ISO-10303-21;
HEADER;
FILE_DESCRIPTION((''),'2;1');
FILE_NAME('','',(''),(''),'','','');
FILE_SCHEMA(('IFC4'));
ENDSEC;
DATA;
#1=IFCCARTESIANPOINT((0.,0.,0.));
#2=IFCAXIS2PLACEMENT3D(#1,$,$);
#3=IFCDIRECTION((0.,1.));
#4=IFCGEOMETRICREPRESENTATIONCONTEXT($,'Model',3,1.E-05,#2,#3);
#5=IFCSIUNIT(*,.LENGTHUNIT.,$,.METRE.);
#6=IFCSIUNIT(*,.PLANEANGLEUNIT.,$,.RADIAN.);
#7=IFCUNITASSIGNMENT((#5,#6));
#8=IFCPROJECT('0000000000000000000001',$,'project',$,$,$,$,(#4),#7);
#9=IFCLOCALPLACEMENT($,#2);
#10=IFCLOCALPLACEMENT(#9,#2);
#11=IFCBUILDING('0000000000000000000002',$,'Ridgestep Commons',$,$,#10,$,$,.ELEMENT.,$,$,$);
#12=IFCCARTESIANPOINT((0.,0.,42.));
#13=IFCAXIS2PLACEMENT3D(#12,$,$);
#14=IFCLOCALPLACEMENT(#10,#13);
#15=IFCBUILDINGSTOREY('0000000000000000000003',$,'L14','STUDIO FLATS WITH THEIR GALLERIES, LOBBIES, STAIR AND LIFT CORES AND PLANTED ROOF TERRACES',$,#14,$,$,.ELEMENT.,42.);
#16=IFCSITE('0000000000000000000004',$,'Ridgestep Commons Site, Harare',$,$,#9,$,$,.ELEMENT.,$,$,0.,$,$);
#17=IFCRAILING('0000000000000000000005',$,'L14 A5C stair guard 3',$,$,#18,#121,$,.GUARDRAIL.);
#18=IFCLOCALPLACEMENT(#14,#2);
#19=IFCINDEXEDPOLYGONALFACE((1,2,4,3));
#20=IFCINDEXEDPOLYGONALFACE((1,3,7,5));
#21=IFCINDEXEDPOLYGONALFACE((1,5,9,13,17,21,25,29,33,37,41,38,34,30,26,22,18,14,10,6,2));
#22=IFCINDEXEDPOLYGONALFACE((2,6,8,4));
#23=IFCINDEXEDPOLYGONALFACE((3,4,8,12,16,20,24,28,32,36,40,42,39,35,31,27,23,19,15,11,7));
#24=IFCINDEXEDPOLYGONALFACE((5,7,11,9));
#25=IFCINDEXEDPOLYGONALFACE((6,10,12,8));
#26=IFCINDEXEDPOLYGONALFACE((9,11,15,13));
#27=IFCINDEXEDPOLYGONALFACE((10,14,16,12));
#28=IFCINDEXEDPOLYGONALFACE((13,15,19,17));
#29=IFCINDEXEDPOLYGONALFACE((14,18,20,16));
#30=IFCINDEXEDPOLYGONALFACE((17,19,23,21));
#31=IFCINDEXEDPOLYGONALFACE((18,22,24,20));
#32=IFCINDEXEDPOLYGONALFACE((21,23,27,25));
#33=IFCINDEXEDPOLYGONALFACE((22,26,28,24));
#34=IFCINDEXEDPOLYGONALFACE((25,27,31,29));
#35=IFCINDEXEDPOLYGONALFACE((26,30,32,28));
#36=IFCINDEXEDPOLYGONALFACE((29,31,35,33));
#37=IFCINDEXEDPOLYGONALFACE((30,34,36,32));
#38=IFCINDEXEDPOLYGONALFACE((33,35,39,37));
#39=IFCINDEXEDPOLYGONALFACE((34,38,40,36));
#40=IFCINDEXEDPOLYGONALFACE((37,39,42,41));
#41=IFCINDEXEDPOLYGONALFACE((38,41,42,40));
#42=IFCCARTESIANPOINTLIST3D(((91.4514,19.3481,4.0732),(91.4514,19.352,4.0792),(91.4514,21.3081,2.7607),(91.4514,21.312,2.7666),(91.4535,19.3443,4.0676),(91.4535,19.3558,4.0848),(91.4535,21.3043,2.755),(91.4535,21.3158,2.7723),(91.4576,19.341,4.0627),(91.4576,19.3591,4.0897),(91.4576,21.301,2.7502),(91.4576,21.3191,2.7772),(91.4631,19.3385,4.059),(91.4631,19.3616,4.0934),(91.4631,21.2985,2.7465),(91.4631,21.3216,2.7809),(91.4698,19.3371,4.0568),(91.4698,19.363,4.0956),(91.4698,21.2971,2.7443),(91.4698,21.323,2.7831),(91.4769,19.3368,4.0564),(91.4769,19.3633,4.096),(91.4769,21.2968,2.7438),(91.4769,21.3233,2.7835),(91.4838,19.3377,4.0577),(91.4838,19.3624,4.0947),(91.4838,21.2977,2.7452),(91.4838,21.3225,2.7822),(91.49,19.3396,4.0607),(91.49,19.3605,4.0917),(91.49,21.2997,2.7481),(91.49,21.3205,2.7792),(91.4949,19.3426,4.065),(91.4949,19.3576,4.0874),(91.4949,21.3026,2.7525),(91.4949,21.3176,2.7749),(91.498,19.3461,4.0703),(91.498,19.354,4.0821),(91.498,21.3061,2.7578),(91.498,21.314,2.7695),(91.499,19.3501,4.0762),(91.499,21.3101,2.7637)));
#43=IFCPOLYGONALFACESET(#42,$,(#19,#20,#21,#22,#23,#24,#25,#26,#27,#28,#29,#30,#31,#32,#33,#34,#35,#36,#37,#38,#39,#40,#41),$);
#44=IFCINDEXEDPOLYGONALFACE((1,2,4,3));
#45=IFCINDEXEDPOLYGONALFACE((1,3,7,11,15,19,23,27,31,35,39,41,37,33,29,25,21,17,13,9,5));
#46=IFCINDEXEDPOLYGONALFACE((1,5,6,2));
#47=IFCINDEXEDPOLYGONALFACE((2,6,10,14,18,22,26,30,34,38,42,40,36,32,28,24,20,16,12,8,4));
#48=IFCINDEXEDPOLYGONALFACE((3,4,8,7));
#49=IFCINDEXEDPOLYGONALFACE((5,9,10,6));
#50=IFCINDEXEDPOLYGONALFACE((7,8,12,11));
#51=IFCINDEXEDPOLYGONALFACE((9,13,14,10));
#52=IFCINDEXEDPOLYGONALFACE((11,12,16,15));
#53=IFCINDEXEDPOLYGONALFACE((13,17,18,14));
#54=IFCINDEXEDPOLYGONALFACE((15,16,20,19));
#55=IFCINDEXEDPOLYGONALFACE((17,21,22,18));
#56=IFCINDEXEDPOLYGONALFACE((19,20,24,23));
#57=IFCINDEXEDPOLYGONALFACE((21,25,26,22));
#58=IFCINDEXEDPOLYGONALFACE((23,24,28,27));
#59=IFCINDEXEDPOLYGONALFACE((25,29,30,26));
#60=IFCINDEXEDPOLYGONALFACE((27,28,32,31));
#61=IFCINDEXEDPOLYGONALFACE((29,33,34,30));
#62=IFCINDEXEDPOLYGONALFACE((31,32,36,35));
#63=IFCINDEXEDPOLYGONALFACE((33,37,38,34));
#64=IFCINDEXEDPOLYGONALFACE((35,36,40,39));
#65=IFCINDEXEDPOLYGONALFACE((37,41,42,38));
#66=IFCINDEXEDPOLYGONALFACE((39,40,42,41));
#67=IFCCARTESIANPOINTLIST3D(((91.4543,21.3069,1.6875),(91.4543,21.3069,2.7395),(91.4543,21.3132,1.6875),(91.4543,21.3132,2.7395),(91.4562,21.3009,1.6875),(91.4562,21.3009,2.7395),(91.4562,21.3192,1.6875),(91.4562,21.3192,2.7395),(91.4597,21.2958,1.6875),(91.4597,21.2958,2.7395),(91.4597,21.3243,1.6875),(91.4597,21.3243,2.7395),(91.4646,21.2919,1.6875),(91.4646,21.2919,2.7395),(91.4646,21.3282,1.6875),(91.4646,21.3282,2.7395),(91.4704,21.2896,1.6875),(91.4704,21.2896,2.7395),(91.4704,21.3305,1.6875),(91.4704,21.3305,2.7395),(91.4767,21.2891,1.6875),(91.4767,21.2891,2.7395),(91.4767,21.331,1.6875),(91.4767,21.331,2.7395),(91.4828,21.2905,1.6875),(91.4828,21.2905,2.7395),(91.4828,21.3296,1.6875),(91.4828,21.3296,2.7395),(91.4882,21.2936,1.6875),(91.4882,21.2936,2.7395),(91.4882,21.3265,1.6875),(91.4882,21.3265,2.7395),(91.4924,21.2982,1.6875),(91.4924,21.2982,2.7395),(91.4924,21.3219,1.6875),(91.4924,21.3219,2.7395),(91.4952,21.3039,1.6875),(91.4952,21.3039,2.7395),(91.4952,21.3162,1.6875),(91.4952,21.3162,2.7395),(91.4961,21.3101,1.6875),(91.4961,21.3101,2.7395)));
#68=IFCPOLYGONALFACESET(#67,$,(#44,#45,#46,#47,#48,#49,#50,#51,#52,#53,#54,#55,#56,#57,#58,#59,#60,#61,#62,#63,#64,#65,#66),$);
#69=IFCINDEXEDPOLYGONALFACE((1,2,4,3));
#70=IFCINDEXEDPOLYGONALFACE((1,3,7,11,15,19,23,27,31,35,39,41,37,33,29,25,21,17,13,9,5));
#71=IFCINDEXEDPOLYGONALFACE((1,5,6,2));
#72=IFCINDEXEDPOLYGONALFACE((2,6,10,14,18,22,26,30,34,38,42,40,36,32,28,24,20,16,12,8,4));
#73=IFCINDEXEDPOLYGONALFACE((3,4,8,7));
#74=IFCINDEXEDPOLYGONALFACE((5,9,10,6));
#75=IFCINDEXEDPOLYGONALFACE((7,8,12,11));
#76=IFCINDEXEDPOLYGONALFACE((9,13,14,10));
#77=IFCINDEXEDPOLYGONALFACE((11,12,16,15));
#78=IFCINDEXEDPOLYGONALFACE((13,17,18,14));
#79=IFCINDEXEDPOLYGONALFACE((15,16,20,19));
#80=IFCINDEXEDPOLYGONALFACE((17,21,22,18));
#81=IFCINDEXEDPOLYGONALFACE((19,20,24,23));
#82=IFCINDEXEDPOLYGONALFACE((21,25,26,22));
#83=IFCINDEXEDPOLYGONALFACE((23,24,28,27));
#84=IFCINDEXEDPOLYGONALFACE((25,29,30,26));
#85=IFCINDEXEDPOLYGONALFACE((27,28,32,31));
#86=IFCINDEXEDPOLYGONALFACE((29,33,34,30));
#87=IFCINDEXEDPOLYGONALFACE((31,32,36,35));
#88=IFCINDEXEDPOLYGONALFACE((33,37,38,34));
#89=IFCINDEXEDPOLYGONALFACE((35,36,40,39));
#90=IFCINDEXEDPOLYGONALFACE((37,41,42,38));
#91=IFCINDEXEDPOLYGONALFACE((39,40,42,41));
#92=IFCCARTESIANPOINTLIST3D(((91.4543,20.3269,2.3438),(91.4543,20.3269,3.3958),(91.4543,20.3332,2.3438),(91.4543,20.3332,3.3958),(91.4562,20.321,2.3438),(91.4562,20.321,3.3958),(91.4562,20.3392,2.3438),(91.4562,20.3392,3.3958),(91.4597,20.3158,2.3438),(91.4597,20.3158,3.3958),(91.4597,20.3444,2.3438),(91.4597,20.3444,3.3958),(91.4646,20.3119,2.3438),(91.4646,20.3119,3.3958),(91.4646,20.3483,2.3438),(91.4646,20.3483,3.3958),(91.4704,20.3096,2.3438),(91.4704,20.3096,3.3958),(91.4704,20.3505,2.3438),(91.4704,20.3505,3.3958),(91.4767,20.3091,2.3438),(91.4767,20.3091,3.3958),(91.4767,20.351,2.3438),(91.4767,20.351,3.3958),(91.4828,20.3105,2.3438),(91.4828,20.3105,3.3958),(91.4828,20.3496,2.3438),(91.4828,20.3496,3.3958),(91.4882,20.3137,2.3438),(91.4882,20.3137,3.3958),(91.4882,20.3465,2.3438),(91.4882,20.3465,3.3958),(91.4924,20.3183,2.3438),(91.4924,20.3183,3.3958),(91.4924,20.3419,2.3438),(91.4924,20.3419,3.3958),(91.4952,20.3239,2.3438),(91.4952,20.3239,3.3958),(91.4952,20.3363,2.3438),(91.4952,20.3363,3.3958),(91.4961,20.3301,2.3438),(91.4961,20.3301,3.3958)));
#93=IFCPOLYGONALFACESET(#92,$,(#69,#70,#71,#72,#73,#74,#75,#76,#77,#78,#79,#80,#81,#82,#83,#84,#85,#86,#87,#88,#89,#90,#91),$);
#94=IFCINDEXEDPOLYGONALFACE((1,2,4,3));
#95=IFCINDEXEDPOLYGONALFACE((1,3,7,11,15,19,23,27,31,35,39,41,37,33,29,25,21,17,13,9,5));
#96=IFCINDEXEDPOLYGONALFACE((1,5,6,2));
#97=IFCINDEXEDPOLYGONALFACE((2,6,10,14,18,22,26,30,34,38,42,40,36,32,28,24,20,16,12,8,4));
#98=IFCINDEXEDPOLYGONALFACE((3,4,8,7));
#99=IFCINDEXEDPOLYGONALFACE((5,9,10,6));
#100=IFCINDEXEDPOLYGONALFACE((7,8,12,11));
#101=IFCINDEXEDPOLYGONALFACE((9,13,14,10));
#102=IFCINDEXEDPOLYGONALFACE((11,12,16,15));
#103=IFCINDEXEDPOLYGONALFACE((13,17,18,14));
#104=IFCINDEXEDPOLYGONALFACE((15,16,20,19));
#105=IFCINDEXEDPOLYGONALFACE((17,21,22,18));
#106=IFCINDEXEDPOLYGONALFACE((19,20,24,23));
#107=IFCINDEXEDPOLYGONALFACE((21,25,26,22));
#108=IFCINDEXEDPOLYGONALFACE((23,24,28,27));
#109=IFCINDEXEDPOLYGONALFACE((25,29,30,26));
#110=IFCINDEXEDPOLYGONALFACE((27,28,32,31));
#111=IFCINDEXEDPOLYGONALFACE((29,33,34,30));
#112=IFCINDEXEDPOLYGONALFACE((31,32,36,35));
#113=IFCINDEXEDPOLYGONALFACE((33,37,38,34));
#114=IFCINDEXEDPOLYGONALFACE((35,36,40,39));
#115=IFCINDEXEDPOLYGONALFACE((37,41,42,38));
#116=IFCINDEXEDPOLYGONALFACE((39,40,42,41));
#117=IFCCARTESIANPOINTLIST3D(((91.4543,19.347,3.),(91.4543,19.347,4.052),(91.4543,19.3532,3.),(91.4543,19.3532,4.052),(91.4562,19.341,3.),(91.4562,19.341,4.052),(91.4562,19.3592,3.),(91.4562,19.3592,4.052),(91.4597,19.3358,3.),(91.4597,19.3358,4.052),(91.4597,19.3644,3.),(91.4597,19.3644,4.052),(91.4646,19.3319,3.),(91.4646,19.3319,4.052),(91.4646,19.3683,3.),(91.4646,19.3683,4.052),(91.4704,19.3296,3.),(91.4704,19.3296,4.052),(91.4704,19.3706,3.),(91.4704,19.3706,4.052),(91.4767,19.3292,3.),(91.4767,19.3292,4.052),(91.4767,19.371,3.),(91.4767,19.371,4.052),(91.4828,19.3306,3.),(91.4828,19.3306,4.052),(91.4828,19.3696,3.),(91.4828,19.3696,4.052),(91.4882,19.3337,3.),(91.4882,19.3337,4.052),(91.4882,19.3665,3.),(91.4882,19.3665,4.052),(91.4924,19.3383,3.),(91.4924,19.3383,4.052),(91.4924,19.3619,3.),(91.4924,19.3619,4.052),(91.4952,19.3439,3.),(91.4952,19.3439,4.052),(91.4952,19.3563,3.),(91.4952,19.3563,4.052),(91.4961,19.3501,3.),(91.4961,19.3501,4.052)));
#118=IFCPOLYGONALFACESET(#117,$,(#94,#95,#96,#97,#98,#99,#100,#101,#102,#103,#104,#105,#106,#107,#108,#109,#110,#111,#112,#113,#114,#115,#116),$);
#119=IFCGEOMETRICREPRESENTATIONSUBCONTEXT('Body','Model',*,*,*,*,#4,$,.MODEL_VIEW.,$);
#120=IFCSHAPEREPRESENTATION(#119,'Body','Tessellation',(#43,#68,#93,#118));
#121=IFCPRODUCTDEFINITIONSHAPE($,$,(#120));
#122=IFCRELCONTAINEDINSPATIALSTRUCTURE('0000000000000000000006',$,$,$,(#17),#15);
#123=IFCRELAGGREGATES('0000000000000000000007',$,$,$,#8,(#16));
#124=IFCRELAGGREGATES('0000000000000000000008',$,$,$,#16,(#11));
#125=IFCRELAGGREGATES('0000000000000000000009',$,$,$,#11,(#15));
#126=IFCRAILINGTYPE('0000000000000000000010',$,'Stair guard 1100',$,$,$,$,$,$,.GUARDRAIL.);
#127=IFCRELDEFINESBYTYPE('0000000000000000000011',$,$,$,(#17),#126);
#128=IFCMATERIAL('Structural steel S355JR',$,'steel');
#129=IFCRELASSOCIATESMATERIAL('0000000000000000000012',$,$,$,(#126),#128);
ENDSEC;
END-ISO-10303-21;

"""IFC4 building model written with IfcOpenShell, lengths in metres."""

from ifc_helpers import new_model, si_unit, direction, frame, origin, origin_2d, place, context, subcontext, project, spatial, circle, extrude, material, type_object, element, save


model = new_model("IFC4")

# Units and contexts
model_context = context("Model", 3, precision=1e-05, world=origin(), true_north=direction((0.0, 1.0)))
body_context = subcontext(model_context, "Body", "Model", "MODEL_VIEW")
ifc_project = project(units=[si_unit("LENGTHUNIT", "METRE"), si_unit("PLANEANGLEUNIT", "RADIAN")], contexts=[model_context])

# Site, building, storey
site_placement = place(None, origin())
site = spatial("IfcSite", under=ifc_project, at=site_placement, Name="Ridgestep Commons Site, Harare", CompositionType="ELEMENT", RefElevation=0.0)
building_placement = place(site_placement, origin())
building = spatial("IfcBuilding", under=site, at=building_placement, Name="Ridgestep Commons", CompositionType="ELEMENT")
storey_placement = place(building_placement, frame((0.0, 0.0, 42.0)))
storey = spatial("IfcBuildingStorey", under=building, at=storey_placement, Name="L14", Description="STUDIO FLATS WITH THEIR GALLERIES, LOBBIES, STAIR AND LIFT CORES AND PLANTED ROOF TERRACES", CompositionType="ELEMENT", Elevation=42.0)

# Railing
ifc_material_1 = material(Name="Structural steel S355JR", Category="steel")
railing_type_1 = type_object("IfcRailingType", Name="Stair guard 1100", PredefinedType="GUARDRAIL", material=ifc_material_1)
railing_1_placement = place(storey_placement, frame((91.4751, 21.3101, 1.6875)))
element("IfcRailing", 1, at=railing_1_placement, inside=storey, type_object=railing_type_1, Name="L14 A5C stair guard 3", PredefinedType="GUARDRAIL", context=body_context, shape_type="SweptSolid", body=[
    extrude(circle(Radius=0.0239, at=origin_2d()), frame((0.0, 0.0, 1.0762), z_axis=(0.0, -0.830902, 0.556419), x_axis=(1.0, 0.0, 0.0)), (0.0, 0.0, 1.0), 2.3589),
    extrude(circle(Radius=0.021, at=origin_2d()), origin(), (0.0, 0.0, 1.0), 1.052),
    extrude(circle(Radius=0.021, at=origin_2d()), frame((0.0, -0.98, 0.6562)), (0.0, 0.0, 1.0), 1.052),
    extrude(circle(Radius=0.021, at=origin_2d()), frame((0.0, -1.96, 1.3125)), (0.0, 0.0, 1.0), 1.052),
])

save(model, "model.ifc")
